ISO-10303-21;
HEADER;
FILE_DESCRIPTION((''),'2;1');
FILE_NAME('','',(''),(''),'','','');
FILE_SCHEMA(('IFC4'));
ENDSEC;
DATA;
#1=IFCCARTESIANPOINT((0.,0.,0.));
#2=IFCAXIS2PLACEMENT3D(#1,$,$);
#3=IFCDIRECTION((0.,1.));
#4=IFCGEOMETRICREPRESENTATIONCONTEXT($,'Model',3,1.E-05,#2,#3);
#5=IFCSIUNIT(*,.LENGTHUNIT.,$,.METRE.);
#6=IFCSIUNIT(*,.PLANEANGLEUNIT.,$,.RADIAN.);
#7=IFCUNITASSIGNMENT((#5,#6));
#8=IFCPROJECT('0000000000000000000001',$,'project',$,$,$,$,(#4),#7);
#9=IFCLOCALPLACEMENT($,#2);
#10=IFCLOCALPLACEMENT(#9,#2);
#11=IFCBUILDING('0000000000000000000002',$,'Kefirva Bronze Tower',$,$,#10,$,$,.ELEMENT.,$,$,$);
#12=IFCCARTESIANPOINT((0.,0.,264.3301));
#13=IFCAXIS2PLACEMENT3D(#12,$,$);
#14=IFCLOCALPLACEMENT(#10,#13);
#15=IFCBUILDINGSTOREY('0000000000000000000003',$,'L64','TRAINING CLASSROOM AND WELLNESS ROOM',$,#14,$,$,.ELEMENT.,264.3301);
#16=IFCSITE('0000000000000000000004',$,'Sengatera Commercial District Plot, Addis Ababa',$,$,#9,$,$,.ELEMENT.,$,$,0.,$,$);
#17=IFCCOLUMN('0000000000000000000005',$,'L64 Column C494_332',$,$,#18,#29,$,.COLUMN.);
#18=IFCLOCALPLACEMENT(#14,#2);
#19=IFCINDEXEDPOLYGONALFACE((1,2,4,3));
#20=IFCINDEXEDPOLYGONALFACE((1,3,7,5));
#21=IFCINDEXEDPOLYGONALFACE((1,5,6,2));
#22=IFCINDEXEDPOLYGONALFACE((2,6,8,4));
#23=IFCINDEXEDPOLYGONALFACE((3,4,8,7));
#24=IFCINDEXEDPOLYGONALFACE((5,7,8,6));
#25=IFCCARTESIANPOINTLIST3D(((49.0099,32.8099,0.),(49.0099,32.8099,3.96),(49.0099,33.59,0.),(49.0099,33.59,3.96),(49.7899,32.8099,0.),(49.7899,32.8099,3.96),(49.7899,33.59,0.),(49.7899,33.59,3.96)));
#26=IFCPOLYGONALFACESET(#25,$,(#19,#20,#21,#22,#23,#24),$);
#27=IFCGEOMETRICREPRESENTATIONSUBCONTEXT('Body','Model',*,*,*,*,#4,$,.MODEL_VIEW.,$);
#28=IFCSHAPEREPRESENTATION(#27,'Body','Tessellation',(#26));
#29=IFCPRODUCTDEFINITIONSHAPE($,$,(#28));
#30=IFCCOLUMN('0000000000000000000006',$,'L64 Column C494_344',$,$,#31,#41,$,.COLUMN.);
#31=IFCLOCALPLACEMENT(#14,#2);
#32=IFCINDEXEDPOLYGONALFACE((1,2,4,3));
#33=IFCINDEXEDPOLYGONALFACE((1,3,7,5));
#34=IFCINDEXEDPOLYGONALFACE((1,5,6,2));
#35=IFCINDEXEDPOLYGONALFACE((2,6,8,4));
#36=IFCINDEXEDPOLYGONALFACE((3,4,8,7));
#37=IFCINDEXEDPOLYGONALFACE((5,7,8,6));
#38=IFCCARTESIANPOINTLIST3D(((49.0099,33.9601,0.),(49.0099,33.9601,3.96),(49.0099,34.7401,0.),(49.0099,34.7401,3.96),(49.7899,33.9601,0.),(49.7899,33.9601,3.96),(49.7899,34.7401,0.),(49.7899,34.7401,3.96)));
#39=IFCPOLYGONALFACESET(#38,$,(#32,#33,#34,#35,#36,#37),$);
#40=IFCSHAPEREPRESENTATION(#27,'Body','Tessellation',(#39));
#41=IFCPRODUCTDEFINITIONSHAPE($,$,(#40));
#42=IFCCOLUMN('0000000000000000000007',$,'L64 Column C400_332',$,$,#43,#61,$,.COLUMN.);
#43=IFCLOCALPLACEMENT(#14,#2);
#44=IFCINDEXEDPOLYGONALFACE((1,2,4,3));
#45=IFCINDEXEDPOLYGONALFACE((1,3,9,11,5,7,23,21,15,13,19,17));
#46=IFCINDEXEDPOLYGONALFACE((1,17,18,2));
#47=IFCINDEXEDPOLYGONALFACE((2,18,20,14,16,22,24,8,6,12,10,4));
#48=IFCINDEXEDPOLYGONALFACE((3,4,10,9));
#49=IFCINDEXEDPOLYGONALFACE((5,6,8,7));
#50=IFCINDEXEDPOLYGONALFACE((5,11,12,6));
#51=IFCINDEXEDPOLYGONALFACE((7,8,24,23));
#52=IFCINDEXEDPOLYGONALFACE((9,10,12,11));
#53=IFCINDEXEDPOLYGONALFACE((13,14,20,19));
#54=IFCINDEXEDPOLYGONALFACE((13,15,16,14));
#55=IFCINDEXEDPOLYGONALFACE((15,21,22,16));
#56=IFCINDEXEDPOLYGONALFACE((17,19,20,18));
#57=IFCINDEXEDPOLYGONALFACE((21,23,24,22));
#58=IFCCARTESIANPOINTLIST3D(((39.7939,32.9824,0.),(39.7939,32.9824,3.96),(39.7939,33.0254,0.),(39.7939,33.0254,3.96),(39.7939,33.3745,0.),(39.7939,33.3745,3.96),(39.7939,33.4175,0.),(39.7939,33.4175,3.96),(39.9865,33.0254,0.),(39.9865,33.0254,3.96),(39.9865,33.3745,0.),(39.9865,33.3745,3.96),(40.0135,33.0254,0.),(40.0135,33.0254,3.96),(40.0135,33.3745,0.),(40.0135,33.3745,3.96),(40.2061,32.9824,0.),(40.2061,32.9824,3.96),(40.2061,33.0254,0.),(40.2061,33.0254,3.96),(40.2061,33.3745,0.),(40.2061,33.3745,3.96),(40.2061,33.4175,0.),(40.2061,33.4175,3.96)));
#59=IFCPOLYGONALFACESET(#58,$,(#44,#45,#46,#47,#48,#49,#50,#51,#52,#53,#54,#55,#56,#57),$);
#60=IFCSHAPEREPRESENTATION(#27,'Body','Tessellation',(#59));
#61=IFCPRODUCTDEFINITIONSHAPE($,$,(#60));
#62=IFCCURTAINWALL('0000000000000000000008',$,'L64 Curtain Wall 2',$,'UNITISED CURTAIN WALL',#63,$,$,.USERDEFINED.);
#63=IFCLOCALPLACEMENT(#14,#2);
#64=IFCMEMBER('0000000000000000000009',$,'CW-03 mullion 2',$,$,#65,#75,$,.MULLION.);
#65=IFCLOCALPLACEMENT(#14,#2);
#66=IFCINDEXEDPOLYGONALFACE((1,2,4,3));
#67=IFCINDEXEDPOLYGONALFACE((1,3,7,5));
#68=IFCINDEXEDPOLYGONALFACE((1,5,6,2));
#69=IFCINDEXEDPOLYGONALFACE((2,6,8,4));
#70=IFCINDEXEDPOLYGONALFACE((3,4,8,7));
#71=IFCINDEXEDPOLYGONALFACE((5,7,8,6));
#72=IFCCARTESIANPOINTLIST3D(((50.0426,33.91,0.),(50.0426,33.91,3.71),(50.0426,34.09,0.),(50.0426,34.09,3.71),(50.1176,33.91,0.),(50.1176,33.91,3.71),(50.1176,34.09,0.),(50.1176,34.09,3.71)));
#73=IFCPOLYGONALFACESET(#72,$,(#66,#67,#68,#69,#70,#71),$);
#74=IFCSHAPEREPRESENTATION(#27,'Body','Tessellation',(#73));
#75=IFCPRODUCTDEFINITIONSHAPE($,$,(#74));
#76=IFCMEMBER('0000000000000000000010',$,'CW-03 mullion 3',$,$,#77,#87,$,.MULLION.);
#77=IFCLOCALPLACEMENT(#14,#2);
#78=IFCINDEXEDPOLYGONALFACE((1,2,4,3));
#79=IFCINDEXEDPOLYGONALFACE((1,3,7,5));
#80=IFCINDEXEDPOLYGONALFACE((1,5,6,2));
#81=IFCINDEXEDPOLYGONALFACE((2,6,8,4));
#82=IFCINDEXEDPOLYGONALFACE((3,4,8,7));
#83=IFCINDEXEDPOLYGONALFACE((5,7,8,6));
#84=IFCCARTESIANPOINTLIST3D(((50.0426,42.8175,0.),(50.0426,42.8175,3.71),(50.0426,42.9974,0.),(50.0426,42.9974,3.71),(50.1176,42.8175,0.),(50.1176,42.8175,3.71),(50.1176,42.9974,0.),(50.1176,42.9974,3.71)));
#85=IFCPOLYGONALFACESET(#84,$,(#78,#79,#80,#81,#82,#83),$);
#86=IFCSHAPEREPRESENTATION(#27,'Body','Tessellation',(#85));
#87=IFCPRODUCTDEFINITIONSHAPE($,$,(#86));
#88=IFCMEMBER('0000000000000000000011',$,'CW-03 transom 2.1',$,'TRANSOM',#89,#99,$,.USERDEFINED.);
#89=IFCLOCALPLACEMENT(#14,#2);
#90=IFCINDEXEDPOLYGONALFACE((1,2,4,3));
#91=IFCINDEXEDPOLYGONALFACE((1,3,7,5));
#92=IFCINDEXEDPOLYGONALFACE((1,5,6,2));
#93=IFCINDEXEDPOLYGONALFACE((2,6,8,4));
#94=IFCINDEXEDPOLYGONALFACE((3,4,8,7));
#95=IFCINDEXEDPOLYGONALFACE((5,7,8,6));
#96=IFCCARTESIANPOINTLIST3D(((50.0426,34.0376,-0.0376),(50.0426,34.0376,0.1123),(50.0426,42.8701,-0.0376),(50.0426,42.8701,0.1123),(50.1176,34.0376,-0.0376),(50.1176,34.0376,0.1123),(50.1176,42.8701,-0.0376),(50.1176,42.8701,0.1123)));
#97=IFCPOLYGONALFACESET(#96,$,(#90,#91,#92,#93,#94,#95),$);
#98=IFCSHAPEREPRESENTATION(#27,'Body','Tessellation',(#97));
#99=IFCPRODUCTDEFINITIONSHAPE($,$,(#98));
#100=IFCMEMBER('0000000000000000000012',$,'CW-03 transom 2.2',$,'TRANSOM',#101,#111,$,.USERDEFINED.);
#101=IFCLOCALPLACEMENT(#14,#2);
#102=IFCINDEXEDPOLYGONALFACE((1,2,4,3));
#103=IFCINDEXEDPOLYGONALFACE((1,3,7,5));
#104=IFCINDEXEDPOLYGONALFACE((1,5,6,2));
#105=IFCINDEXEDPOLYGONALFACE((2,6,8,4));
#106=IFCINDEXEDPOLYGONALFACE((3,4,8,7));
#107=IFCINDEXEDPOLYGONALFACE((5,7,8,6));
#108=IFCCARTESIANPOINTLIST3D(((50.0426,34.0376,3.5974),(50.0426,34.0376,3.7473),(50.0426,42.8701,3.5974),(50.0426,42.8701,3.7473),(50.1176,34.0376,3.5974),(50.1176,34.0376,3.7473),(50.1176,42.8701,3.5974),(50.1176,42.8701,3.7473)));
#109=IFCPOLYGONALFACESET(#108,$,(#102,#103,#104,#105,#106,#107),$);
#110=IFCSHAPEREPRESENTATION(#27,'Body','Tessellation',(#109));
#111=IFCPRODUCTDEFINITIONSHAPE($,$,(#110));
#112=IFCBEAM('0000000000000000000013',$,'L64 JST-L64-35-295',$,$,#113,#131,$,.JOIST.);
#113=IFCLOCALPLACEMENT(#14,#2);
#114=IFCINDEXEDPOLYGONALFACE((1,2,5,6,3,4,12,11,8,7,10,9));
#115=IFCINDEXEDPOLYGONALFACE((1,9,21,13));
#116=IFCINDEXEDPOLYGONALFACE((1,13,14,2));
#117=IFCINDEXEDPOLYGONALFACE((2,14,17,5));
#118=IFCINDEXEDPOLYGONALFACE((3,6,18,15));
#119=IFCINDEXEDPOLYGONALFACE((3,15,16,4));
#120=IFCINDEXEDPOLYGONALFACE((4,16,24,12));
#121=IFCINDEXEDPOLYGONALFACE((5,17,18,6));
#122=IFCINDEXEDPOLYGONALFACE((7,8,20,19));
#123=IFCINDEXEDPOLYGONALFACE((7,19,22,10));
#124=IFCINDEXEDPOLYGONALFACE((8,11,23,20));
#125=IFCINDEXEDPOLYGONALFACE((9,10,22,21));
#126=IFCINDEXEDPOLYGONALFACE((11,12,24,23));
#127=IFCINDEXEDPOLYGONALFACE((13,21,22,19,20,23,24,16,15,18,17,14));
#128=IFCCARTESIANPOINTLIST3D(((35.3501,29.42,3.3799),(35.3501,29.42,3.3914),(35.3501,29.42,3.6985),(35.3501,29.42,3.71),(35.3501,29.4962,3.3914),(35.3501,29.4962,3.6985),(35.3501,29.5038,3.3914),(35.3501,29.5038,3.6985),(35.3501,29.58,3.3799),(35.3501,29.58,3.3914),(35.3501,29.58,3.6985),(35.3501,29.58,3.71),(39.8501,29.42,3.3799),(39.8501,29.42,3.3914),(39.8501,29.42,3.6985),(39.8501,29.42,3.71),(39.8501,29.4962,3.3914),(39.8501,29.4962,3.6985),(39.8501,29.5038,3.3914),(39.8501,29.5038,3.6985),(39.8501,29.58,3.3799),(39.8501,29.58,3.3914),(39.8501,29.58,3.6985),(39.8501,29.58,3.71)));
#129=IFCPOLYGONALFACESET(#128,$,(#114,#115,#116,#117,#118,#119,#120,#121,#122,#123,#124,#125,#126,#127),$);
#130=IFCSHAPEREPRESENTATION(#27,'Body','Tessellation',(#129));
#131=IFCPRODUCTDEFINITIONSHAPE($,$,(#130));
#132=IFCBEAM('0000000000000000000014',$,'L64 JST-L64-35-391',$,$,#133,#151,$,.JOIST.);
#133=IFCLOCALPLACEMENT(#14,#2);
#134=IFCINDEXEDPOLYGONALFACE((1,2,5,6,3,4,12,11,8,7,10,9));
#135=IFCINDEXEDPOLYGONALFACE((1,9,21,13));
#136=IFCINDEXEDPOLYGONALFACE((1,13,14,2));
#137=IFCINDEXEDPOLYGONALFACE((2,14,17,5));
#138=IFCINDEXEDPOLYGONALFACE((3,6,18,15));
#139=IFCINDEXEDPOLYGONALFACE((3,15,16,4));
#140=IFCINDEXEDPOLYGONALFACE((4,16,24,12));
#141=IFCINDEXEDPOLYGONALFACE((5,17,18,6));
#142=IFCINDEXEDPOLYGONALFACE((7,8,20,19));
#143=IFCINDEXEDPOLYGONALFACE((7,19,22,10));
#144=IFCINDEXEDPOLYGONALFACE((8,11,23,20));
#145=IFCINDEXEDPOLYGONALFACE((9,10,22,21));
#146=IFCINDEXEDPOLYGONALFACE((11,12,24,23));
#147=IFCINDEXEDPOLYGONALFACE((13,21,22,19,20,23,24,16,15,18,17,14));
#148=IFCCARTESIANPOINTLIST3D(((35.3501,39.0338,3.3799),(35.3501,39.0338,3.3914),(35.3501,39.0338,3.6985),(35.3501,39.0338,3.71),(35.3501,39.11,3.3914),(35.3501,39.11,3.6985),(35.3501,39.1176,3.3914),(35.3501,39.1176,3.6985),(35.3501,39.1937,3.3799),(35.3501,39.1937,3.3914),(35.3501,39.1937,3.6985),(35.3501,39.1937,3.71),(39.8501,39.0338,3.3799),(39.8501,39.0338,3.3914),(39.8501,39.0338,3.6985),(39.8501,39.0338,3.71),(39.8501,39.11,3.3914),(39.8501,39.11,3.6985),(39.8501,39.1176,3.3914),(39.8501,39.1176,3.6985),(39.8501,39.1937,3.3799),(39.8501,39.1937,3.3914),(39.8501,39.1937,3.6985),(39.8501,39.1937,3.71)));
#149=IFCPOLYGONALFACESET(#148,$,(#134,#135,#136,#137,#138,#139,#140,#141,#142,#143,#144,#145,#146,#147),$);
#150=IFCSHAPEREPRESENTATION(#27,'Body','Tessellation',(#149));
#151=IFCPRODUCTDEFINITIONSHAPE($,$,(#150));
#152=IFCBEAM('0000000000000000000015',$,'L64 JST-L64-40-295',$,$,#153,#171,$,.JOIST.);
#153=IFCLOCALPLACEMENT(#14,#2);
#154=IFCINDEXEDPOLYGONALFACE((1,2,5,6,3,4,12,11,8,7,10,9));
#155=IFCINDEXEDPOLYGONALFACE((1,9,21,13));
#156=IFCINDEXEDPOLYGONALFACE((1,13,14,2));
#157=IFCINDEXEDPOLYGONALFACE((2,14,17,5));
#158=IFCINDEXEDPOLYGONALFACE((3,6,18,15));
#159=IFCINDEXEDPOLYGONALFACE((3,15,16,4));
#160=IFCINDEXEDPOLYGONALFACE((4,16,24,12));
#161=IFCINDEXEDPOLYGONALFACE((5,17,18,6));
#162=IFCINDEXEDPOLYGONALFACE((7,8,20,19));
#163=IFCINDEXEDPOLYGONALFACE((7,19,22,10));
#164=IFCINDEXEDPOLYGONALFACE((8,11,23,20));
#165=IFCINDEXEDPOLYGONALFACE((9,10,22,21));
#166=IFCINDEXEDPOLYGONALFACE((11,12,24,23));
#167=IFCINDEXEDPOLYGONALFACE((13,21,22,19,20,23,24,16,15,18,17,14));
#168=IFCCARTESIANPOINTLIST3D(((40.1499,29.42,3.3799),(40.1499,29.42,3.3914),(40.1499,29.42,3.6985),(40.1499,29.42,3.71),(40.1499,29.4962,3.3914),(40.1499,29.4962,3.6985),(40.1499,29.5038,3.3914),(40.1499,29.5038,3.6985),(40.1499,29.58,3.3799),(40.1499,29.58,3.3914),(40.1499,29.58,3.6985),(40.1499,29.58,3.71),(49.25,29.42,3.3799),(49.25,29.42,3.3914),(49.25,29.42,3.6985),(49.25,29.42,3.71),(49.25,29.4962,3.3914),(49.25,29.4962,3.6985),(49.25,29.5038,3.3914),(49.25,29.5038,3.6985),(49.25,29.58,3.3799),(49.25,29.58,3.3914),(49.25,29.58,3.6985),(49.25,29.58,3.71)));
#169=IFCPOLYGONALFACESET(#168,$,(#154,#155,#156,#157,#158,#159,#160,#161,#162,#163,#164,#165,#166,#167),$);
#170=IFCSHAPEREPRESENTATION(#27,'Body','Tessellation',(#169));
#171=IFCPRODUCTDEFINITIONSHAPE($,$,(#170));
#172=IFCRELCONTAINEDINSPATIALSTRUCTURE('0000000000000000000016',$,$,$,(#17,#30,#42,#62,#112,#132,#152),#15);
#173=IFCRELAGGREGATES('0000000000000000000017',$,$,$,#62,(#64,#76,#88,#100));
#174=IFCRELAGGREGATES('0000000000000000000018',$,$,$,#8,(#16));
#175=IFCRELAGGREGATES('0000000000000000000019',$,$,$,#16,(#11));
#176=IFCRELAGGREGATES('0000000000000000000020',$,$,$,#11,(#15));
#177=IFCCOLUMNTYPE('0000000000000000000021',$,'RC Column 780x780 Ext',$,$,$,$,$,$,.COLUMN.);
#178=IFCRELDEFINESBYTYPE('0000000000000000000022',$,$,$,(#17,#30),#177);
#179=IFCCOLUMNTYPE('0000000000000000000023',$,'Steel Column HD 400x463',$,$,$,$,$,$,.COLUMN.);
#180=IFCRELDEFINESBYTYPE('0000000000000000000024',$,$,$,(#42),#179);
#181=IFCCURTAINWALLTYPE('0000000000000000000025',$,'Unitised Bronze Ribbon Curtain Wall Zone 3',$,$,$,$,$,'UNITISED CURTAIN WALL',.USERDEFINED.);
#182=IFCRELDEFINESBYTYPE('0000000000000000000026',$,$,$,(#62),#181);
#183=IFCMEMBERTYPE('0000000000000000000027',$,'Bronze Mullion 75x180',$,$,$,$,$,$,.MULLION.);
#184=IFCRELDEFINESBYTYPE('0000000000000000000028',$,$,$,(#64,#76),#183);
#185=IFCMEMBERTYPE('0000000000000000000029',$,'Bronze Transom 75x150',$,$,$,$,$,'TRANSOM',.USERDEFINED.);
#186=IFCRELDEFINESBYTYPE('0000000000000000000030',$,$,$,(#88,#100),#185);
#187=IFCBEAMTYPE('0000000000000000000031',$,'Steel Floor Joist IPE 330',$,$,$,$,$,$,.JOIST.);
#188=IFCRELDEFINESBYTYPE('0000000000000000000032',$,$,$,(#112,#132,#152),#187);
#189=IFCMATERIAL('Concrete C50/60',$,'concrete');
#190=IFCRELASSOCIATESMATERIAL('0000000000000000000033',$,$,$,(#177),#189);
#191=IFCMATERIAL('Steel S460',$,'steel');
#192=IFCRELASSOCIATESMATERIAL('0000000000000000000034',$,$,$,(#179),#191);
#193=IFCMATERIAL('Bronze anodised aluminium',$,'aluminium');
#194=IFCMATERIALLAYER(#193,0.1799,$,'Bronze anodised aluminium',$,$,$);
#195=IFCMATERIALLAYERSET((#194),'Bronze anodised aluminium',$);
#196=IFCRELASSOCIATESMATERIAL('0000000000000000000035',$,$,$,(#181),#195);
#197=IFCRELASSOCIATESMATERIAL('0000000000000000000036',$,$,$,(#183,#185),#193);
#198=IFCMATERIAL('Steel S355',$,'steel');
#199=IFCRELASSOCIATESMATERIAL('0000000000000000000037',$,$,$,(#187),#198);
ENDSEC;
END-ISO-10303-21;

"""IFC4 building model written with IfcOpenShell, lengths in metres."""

from ifc_helpers import new_model, si_unit, direction, frame, origin, origin_2d, place, context, subcontext, project, spatial, rectangle, i_section, extrude, material, layer, layer_set, material_profile, profile_set, type_object, element, aggregate, save


model = new_model("IFC4")

# Units and contexts
model_context = context("Model", 3, precision=1e-05, world=origin(), true_north=direction((0.0, 1.0)))
body_context = subcontext(model_context, "Body", "Model", "MODEL_VIEW")
ifc_project = project(units=[si_unit("LENGTHUNIT", "METRE"), si_unit("PLANEANGLEUNIT", "RADIAN")], contexts=[model_context])

# Site, building, storey
site_placement = place(None, origin())
site = spatial("IfcSite", under=ifc_project, at=site_placement, Name="Sengatera Commercial District Plot, Addis Ababa", CompositionType="ELEMENT", RefElevation=0.0)
building_placement = place(site_placement, origin())
building = spatial("IfcBuilding", under=site, at=building_placement, Name="Kefirva Bronze Tower", CompositionType="ELEMENT")
storey_placement = place(building_placement, frame((0.0, 0.0, 264.3301)))
storey = spatial("IfcBuildingStorey", under=building, at=storey_placement, Name="L64", Description="TRAINING CLASSROOM AND WELLNESS ROOM", CompositionType="ELEMENT", Elevation=264.3301)

# Columns
ifc_material_1 = material(Name="Concrete C50/60", Category="concrete")
ifc_material_profile_1 = material_profile(ifc_material_1, rectangle(XDim=0.78, YDim=0.78, at=origin_2d()), Name="RC 780x780")
ifc_profile_set_1 = profile_set([ifc_material_profile_1], Name="Concrete C50/60")
column_type_1 = type_object("IfcColumnType", Name="RC Column 780x780 Ext", PredefinedType="COLUMN", material=ifc_profile_set_1)
for number, where, z_axis, x_axis, name in (
    (1, (49.3999, 33.2, 0.0), (0.0, 0.0, 1.0), (1.0, 0.0, 0.0), "L64 Column C494_332"),
    (2, (49.3999, 34.3501, 0.0), (0.0, 0.0, 1.0), (1.0, 0.0, 0.0), "L64 Column C494_344"),
):
    element("IfcColumn", number, at=place(storey_placement, frame(where, z_axis=z_axis, x_axis=x_axis)), inside=storey, type_object=column_type_1, Name=name, PredefinedType="COLUMN", context=body_context, shape_type="SweptSolid", body=[
        extrude(rectangle(XDim=0.78, YDim=0.78, at=origin_2d()), origin(), (0.0, 0.0, 1.0), 3.96),
    ])
ifc_material_2 = material(Name="Steel S460", Category="steel")
ifc_material_profile_2 = material_profile(ifc_material_2, i_section(OverallWidth=0.4121, OverallDepth=0.4351, WebThickness=0.0271, FlangeThickness=0.043, at=origin_2d()), Name="HD 400x463")
ifc_profile_set_2 = profile_set([ifc_material_profile_2], Name="Steel S460")
column_type_2 = type_object("IfcColumnType", Name="Steel Column HD 400x463", PredefinedType="COLUMN", material=ifc_profile_set_2)
column_placement = place(storey_placement, frame((40.0, 33.2, 0.0), z_axis=(0.0, 0.0, 1.0), x_axis=(1.0, 0.0, 0.0)))
element("IfcColumn", 3, at=column_placement, inside=storey, type_object=column_type_2, Name="L64 Column C400_332", PredefinedType="COLUMN", context=body_context, shape_type="SweptSolid", body=[
    extrude(i_section(OverallWidth=0.4121, OverallDepth=0.4351, WebThickness=0.0271, FlangeThickness=0.043, at=origin_2d()), origin(), (0.0, 0.0, 1.0), 3.96),
])

# Curtain wall, members
ifc_material_3 = material(Name="Bronze anodised aluminium", Category="aluminium")
ifc_layer_1 = layer(ifc_material_3, 0.1799, Name="Bronze anodised aluminium")
ifc_layer_set_1 = layer_set([ifc_layer_1], Name="Bronze anodised aluminium")
curtain_wall_type = type_object("IfcCurtainWallType", Name="Unitised Bronze Ribbon Curtain Wall Zone 3", ElementType="UNITISED CURTAIN WALL", PredefinedType="USERDEFINED", material=ifc_layer_set_1)
curtain_wall_placement = place(storey_placement, origin())
curtain_wall = element("IfcCurtainWall", 4, at=curtain_wall_placement, inside=storey, type_object=curtain_wall_type, Name="L64 Curtain Wall 2", ObjectType="UNITISED CURTAIN WALL", PredefinedType="USERDEFINED")
ifc_material_profile_3 = material_profile(ifc_material_3, rectangle(XDim=0.075, YDim=0.1799, at=origin_2d()), Name="ALU 75x180")
ifc_profile_set_3 = profile_set([ifc_material_profile_3], Name="Bronze anodised aluminium")
member_type_1 = type_object("IfcMemberType", Name="Bronze Mullion 75x180", PredefinedType="MULLION", material=ifc_profile_set_3)
member_1_placement = place(storey_placement, frame((50.0801, 34.0, 0.0), z_axis=(0.0, 0.0, 1.0), x_axis=(-1.0, 0.0, 0.0)))
member_1 = element("IfcMember", 5, at=member_1_placement, type_object=member_type_1, Name="CW-03 mullion 2", PredefinedType="MULLION", context=body_context, shape_type="SweptSolid", body=[
    extrude(rectangle(XDim=0.075, YDim=0.1799, at=origin_2d()), origin(), (0.0, 0.0, 1.0), 3.71),
])
member_2_placement = place(storey_placement, frame((50.0801, 42.9075, 0.0), z_axis=(0.0, 0.0, 1.0), x_axis=(-1.0, 0.0, 0.0)))
member_2 = element("IfcMember", 6, at=member_2_placement, type_object=member_type_1, Name="CW-03 mullion 3", PredefinedType="MULLION", context=body_context, shape_type="SweptSolid", body=[
    extrude(rectangle(XDim=0.075, YDim=0.1799, at=origin_2d()), origin(), (0.0, 0.0, 1.0), 3.71),
])
ifc_material_profile_4 = material_profile(ifc_material_3, rectangle(XDim=0.075, YDim=0.1499, at=origin_2d()), Name="ALU 75x150")
ifc_profile_set_4 = profile_set([ifc_material_profile_4], Name="Bronze anodised aluminium")
member_type_2 = type_object("IfcMemberType", Name="Bronze Transom 75x150", ElementType="TRANSOM", PredefinedType="USERDEFINED", material=ifc_profile_set_4)
member_3_placement = place(storey_placement, frame((50.0801, 34.0376, 0.0374), z_axis=(0.0, 1.0, 0.0), x_axis=(-1.0, 0.0, 0.0)))
member_3 = element("IfcMember", 7, at=member_3_placement, type_object=member_type_2, Name="CW-03 transom 2.1", ObjectType="TRANSOM", PredefinedType="USERDEFINED", context=body_context, shape_type="SweptSolid", body=[
    extrude(rectangle(XDim=0.075, YDim=0.1499, at=origin_2d()), origin(), (0.0, 0.0, 1.0), 8.8325),
])
member_4_placement = place(storey_placement, frame((50.0801, 34.0376, 3.6724), z_axis=(0.0, 1.0, 0.0), x_axis=(-1.0, 0.0, 0.0)))
member_4 = element("IfcMember", 8, at=member_4_placement, type_object=member_type_2, Name="CW-03 transom 2.2", ObjectType="TRANSOM", PredefinedType="USERDEFINED", context=body_context, shape_type="SweptSolid", body=[
    extrude(rectangle(XDim=0.075, YDim=0.1499, at=origin_2d()), origin(), (0.0, 0.0, 1.0), 8.8325),
])

# Beams
ifc_material_4 = material(Name="Steel S355", Category="steel")
ifc_material_profile_5 = material_profile(ifc_material_4, i_section(OverallWidth=0.1599, OverallDepth=0.3301, WebThickness=0.0076, FlangeThickness=0.0115, at=origin_2d()), Name="IPE 330")
ifc_profile_set_5 = profile_set([ifc_material_profile_5], Name="Steel S355")
beam_type_1 = type_object("IfcBeamType", Name="Steel Floor Joist IPE 330", PredefinedType="JOIST", material=ifc_profile_set_5)
for number, where, z_axis, x_axis, name in (
    (9, (35.3501, 29.5, 3.5449), (1.0, 0.0, 0.0), (0.0, 1.0, 0.0), "L64 JST-L64-35-295"),
    (10, (35.3501, 39.1138, 3.5449), (1.0, 0.0, 0.0), (0.0, 1.0, 0.0), "L64 JST-L64-35-391"),
):
    element("IfcBeam", number, at=place(storey_placement, frame(where, z_axis=z_axis, x_axis=x_axis)), inside=storey, type_object=beam_type_1, Name=name, PredefinedType="JOIST", context=body_context, shape_type="SweptSolid", body=[
        extrude(i_section(OverallWidth=0.1599, OverallDepth=0.3301, WebThickness=0.0076, FlangeThickness=0.0115, at=origin_2d()), origin(), (0.0, 0.0, 1.0), 4.5),
    ])
beam_1_placement = place(storey_placement, frame((40.1499, 29.5, 3.5449), z_axis=(1.0, 0.0, 0.0), x_axis=(0.0, 1.0, 0.0)))
element("IfcBeam", 11, at=beam_1_placement, inside=storey, type_object=beam_type_1, Name="L64 JST-L64-40-295", PredefinedType="JOIST", context=body_context, shape_type="SweptSolid", body=[
    extrude(i_section(OverallWidth=0.1599, OverallDepth=0.3301, WebThickness=0.0076, FlangeThickness=0.0115, at=origin_2d()), origin(), (0.0, 0.0, 1.0), 9.1001),
])

aggregate(curtain_wall, [member_1, member_2, member_3, member_4])

save(model, "model.ifc")
